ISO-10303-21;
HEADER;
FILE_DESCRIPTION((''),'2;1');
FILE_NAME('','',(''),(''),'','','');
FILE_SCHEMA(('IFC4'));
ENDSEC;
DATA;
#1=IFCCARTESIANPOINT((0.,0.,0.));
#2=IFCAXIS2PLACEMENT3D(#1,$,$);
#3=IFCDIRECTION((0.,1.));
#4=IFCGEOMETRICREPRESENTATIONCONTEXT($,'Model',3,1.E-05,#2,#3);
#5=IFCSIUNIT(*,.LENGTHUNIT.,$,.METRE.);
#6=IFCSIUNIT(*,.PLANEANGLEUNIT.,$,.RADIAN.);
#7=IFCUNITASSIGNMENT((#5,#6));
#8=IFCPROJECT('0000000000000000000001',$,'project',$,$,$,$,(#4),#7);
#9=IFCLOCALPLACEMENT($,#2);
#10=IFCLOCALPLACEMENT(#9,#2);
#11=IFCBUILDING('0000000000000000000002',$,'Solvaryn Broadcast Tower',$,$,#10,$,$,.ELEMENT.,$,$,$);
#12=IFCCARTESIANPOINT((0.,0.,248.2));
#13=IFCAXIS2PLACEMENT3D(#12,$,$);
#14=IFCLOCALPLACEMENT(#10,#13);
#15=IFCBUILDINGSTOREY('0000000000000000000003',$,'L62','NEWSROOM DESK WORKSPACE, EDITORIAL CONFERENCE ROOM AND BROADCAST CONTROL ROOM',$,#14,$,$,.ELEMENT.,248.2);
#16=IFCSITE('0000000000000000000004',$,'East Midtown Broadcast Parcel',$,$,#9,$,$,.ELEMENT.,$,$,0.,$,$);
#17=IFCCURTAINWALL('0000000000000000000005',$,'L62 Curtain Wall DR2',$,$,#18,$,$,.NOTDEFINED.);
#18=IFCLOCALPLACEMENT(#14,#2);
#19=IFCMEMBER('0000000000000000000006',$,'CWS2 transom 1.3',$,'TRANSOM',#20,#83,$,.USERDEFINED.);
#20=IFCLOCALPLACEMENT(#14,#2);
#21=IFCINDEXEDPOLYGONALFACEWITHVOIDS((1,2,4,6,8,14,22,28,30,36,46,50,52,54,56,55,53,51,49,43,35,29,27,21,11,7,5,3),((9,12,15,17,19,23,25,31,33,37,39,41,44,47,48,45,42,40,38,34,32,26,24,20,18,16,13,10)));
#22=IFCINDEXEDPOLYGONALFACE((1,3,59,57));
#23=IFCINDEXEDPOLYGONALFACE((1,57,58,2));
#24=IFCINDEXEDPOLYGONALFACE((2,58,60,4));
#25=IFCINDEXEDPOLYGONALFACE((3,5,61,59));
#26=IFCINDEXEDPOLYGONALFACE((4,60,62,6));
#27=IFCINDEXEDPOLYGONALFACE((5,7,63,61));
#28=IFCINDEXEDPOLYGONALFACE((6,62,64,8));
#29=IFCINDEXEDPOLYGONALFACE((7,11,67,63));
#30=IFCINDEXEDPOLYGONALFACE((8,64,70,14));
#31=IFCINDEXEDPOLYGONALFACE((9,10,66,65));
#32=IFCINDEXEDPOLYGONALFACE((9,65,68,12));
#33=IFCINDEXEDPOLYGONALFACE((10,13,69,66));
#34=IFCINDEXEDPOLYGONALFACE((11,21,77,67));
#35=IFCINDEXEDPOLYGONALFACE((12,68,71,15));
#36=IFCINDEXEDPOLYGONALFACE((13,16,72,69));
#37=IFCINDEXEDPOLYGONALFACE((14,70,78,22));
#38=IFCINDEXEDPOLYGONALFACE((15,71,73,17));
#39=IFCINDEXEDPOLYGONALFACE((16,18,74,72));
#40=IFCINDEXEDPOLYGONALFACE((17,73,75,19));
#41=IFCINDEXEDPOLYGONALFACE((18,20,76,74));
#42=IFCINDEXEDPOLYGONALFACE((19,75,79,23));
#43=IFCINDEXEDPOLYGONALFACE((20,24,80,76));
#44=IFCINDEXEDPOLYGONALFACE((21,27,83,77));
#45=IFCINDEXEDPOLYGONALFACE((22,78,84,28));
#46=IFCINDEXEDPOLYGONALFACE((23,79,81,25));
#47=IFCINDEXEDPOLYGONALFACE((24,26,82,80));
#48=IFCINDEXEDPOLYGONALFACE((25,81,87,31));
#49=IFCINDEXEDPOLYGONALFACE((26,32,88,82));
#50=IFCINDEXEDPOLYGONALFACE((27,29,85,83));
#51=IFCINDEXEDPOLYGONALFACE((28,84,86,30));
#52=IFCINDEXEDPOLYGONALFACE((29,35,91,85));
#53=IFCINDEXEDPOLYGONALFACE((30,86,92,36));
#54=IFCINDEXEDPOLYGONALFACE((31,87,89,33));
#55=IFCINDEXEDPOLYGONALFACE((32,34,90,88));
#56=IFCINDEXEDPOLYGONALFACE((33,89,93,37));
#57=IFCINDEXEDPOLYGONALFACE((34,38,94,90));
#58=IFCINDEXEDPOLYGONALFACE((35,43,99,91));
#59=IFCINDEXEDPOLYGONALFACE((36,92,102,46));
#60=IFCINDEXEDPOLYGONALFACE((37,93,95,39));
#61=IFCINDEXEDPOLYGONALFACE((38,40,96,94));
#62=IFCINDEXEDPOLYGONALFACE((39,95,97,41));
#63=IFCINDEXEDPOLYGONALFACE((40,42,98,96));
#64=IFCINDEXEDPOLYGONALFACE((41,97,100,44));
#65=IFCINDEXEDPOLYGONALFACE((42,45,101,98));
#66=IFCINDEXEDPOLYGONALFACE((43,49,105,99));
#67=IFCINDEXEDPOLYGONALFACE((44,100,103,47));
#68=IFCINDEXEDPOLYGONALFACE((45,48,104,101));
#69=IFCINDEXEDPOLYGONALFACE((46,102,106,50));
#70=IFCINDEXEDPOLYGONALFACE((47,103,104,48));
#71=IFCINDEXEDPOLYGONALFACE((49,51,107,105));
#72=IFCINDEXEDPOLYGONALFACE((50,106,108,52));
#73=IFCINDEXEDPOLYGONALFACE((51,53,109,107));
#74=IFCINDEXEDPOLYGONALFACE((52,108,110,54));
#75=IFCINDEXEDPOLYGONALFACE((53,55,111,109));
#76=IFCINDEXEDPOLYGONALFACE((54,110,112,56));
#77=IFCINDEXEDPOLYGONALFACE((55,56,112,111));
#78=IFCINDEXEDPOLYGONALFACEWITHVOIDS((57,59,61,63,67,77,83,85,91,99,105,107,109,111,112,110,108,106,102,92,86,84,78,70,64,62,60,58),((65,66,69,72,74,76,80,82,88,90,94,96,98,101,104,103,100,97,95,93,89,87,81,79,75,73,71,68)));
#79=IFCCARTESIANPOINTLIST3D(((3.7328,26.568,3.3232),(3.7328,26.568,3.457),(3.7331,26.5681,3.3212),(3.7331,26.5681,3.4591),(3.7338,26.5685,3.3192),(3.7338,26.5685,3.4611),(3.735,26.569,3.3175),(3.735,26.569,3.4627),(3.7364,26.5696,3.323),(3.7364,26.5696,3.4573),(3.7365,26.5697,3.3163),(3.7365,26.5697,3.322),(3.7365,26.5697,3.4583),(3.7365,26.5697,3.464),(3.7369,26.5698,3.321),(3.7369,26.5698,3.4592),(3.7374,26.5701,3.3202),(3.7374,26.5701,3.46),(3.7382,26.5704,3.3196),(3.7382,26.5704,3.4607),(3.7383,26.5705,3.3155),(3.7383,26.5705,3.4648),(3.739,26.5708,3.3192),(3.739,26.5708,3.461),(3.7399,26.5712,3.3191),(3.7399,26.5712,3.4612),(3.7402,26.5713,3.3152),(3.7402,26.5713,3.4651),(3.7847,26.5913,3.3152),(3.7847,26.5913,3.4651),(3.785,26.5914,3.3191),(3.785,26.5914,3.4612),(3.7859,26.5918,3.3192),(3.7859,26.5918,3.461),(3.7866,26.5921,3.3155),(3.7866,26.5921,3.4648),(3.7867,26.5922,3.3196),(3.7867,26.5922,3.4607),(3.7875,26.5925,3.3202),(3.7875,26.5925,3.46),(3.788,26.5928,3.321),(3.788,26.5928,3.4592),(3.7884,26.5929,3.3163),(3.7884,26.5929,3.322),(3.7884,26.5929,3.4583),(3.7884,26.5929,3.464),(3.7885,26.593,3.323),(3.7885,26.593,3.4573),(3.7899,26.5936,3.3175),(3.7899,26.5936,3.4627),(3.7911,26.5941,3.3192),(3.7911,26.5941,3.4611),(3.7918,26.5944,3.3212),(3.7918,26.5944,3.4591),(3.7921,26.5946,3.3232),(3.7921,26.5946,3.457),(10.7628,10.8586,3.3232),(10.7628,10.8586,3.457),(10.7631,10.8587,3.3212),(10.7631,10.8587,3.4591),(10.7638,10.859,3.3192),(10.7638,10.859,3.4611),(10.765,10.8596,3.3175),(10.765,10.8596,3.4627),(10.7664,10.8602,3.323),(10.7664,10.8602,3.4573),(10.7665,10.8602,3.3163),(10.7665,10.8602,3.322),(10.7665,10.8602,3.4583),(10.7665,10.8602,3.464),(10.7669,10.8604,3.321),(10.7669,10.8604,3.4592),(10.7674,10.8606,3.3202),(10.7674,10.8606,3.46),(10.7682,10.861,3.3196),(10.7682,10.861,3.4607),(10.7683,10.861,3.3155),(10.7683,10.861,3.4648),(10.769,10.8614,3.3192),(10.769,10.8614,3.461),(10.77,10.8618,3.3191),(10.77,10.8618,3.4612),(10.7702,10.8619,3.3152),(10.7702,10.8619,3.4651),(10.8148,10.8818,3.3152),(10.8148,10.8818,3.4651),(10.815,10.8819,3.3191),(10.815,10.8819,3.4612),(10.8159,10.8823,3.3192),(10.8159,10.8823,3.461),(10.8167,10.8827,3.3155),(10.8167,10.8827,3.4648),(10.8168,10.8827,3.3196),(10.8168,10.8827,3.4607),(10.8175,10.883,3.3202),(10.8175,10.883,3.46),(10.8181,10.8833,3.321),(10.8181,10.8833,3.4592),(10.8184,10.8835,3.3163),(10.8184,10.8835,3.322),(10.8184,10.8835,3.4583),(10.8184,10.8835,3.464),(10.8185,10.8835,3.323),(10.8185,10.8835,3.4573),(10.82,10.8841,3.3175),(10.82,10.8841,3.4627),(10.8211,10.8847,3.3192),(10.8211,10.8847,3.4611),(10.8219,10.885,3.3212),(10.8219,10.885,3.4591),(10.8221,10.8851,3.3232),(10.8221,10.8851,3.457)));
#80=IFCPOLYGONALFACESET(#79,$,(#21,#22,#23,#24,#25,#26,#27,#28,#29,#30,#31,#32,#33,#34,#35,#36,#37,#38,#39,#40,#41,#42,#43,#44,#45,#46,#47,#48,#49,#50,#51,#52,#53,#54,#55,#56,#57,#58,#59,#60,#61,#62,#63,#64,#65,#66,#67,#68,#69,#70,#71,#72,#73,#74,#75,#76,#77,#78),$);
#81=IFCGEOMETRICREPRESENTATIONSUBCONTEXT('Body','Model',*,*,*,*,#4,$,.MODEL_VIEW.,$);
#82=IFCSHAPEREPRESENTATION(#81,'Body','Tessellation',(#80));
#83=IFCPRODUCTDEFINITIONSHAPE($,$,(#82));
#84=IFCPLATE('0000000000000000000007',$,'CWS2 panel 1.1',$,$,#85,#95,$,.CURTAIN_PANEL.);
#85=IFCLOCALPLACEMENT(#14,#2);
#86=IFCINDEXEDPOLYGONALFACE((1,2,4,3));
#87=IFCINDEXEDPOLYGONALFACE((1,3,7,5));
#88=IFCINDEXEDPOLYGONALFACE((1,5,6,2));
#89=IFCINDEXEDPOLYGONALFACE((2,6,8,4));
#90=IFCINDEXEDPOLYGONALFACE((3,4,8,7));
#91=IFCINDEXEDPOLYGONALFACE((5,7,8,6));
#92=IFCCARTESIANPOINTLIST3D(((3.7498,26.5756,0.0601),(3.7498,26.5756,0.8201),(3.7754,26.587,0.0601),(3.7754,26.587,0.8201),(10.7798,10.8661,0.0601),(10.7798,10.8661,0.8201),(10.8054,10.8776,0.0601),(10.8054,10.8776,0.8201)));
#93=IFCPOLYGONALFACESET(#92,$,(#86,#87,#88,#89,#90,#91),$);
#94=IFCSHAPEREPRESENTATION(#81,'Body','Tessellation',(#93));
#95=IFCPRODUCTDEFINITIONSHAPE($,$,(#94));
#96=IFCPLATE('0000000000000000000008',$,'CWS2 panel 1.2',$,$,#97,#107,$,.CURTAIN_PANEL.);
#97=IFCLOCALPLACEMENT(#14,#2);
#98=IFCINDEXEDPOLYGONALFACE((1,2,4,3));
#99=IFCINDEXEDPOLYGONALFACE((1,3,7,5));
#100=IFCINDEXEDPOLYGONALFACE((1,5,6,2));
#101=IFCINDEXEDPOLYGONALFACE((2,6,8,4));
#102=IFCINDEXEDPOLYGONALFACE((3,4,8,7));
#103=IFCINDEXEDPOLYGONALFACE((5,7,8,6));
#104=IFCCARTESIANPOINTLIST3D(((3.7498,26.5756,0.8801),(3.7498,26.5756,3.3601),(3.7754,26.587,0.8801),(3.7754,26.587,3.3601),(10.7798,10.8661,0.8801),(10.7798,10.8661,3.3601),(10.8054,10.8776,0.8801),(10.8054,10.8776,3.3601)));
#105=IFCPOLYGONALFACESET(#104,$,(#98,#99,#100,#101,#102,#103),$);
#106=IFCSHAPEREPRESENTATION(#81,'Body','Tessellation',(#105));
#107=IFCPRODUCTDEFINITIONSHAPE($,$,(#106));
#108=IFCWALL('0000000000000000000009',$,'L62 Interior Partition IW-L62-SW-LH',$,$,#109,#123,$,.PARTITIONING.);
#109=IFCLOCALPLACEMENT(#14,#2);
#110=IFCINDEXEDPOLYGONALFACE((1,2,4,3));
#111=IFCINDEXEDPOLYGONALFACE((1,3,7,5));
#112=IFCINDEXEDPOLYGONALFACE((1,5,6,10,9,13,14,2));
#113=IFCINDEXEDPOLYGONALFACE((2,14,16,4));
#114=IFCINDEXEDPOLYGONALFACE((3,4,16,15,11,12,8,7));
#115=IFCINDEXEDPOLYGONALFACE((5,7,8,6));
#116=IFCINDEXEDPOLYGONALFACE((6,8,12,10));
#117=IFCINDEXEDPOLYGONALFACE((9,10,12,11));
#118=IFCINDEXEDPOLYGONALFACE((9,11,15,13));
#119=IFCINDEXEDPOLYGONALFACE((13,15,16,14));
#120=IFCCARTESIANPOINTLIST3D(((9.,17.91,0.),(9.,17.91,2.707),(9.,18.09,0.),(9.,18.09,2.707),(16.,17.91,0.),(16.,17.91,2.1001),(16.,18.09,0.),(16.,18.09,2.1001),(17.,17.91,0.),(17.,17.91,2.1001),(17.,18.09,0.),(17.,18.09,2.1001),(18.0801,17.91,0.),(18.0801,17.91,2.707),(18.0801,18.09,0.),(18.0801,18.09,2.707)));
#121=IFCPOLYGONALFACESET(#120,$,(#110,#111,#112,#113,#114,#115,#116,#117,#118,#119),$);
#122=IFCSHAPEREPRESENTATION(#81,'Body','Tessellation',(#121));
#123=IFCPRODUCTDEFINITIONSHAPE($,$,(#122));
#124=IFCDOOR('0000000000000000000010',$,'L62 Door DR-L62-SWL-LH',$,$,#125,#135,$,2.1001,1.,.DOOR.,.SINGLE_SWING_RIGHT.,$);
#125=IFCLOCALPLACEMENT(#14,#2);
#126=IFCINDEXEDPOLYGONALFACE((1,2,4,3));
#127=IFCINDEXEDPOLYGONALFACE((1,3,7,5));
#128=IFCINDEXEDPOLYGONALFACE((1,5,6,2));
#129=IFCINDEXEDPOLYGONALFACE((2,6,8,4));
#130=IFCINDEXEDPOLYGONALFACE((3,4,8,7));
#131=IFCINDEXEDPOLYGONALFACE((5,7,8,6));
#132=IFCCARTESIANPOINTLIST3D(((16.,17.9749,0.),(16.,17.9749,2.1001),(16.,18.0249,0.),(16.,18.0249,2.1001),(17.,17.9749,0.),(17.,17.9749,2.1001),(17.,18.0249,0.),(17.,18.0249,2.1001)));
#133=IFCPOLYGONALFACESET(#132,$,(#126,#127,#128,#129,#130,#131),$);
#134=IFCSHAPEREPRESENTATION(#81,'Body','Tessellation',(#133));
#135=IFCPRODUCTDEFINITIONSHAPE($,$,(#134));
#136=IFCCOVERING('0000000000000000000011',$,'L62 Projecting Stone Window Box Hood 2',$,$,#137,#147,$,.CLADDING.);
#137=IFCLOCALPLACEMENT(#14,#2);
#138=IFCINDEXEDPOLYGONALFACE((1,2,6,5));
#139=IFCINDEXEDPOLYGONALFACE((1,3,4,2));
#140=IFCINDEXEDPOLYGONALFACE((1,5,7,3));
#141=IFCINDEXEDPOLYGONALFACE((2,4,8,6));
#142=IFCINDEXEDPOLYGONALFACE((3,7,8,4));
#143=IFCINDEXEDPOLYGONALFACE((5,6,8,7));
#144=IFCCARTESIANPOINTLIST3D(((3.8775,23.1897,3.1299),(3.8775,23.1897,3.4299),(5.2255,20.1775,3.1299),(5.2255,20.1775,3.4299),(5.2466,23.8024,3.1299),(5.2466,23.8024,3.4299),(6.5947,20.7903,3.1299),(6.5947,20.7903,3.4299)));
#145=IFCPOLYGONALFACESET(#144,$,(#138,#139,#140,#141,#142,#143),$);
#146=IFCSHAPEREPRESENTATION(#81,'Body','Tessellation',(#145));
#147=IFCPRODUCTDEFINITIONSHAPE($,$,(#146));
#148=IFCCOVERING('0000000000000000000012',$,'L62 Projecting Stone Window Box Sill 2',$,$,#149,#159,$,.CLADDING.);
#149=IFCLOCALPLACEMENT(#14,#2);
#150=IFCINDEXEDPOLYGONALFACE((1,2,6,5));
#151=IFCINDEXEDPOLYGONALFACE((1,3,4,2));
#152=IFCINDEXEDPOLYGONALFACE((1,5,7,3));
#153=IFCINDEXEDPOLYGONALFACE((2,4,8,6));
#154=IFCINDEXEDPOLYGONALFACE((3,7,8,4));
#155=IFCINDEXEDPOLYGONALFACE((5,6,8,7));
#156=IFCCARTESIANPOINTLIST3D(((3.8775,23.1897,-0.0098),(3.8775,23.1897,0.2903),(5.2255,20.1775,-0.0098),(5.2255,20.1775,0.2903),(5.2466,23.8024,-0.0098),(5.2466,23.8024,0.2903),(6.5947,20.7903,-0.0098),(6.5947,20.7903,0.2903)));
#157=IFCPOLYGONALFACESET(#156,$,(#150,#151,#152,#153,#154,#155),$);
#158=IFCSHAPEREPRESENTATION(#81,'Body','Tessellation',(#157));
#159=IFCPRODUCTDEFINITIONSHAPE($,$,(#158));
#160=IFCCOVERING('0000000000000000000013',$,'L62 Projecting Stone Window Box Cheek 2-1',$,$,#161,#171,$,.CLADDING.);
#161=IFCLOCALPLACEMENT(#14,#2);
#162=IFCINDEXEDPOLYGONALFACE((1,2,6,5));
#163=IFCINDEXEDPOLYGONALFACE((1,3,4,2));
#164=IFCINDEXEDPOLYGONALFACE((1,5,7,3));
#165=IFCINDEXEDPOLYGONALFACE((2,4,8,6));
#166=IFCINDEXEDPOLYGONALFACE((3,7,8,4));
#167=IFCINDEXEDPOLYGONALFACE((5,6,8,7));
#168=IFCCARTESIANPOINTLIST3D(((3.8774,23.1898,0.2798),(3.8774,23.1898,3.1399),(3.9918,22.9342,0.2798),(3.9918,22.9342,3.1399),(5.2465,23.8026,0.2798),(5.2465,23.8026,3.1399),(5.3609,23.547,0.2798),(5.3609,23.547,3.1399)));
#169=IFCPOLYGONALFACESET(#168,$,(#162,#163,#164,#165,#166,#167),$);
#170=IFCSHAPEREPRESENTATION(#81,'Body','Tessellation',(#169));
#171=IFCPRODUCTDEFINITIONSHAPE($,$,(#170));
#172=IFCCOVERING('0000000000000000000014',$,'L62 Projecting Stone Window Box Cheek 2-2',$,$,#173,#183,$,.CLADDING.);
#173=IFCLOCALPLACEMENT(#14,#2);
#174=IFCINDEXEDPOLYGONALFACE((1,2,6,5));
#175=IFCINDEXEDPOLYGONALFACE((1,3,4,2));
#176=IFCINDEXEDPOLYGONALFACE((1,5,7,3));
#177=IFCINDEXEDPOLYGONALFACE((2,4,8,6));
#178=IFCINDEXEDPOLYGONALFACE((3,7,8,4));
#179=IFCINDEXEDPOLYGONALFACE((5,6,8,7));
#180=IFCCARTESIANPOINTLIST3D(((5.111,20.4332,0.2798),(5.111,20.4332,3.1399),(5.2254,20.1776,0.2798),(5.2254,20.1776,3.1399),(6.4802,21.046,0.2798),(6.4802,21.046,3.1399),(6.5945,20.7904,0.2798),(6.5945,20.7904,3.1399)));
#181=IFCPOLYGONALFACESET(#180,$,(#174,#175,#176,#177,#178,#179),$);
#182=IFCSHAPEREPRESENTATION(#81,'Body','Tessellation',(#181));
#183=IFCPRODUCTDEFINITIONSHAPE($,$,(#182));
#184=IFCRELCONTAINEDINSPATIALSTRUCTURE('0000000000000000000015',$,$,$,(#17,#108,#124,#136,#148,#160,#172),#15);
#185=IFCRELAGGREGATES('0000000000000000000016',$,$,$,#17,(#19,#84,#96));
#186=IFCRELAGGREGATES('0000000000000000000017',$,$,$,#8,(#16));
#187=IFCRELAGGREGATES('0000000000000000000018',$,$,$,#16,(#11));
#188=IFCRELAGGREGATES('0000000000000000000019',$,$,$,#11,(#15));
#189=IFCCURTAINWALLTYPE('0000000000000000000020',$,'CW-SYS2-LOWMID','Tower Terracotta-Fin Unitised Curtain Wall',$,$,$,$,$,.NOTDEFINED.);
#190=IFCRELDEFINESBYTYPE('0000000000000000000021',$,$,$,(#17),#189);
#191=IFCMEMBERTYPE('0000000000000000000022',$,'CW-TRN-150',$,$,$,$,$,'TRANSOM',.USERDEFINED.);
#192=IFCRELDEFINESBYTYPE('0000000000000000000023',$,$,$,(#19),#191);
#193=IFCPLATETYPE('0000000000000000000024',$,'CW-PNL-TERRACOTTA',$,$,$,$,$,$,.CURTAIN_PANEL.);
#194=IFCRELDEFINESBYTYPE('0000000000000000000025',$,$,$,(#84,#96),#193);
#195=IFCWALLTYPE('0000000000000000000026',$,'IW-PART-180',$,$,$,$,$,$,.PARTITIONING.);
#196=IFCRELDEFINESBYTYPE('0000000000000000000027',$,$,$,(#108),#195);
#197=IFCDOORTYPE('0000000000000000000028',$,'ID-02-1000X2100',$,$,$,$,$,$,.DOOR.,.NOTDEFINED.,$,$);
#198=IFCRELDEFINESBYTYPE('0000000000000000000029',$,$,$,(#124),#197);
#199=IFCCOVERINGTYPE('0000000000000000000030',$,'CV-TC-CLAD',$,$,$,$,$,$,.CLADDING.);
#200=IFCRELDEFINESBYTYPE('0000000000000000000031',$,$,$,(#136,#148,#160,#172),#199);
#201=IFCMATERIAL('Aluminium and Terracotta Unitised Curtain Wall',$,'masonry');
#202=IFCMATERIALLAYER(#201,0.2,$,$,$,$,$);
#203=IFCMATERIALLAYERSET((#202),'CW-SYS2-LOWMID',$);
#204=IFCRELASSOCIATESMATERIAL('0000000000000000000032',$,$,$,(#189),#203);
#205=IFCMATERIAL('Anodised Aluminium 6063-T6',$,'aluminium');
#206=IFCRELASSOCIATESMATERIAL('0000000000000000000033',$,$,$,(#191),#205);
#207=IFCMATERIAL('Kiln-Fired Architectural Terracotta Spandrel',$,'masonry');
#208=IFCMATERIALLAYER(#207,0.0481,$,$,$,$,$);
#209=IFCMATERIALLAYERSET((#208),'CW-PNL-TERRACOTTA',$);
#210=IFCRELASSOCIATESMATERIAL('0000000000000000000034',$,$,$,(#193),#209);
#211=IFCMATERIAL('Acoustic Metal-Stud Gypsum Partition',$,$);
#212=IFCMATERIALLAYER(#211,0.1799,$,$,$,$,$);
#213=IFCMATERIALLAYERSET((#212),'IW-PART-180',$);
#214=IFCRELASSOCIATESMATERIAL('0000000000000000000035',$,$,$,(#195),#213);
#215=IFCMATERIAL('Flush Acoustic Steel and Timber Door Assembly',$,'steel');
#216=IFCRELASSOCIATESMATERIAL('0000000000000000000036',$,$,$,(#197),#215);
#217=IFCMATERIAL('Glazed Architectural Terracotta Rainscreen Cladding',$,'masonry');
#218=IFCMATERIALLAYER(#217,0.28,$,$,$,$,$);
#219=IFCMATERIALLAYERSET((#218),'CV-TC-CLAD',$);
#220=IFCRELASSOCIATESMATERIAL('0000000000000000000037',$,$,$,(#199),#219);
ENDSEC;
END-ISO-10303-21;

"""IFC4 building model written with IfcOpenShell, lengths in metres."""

from ifc_helpers import new_model, si_unit, direction, frame, frame_2d, origin, origin_2d, place, context, subcontext, project, spatial, rectangle, hollow_rectangle, extrude, material, layer, layer_set, material_profile, profile_set, type_object, element, fill, aggregate, save


model = new_model("IFC4")

# Units and contexts
model_context = context("Model", 3, precision=1e-05, world=origin(), true_north=direction((0.0, 1.0)))
body_context = subcontext(model_context, "Body", "Model", "MODEL_VIEW")
ifc_project = project(units=[si_unit("LENGTHUNIT", "METRE"), si_unit("PLANEANGLEUNIT", "RADIAN")], contexts=[model_context])

# Site, building, storey
site_placement = place(None, origin())
site = spatial("IfcSite", under=ifc_project, at=site_placement, Name="East Midtown Broadcast Parcel", CompositionType="ELEMENT", RefElevation=0.0)
building_placement = place(site_placement, origin())
building = spatial("IfcBuilding", under=site, at=building_placement, Name="Solvaryn Broadcast Tower", CompositionType="ELEMENT")
storey_placement = place(building_placement, frame((0.0, 0.0, 248.2)))
storey = spatial("IfcBuildingStorey", under=building, at=storey_placement, Name="L62", Description="NEWSROOM DESK WORKSPACE, EDITORIAL CONFERENCE ROOM AND BROADCAST CONTROL ROOM", CompositionType="ELEMENT", Elevation=248.2)

# Shared definitions
ifc_material_1 = material(Name="Aluminium and Terracotta Unitised Curtain Wall", Category="masonry")
ifc_layer_1 = layer(ifc_material_1, 0.2)
ifc_layer_set_1 = layer_set([ifc_layer_1], Name="CW-SYS2-LOWMID")
curtain_wall_type = type_object("IfcCurtainWallType", Name="CW-SYS2-LOWMID", Description="Tower Terracotta-Fin Unitised Curtain Wall", PredefinedType="NOTDEFINED", material=ifc_layer_set_1)

# Curtain wall, member, plates
curtain_wall_1_placement = place(storey_placement, origin())
curtain_wall_1 = element("IfcCurtainWall", 1, at=curtain_wall_1_placement, inside=storey, type_object=curtain_wall_type, Name="L62 Curtain Wall DR2", PredefinedType="NOTDEFINED")
ifc_material_2 = material(Name="Anodised Aluminium 6063-T6", Category="aluminium")
ifc_material_profile_1 = material_profile(ifc_material_2, hollow_rectangle(XDim=0.0649, YDim=0.1499, WallThickness=0.0039, InnerFilletRadius=0.0039, OuterFilletRadius=0.0081, at=origin_2d()))
ifc_profile_set_1 = profile_set([ifc_material_profile_1], Name="Anodised Aluminium 6063-T6")
member_type_1 = type_object("IfcMemberType", Name="CW-TRN-150", ElementType="TRANSOM", PredefinedType="USERDEFINED", material=ifc_profile_set_1)
member_1_placement = place(storey_placement, frame((3.7625, 26.5813, 3.3901), z_axis=(0.408468, -0.912773, 0.0), x_axis=(0.912773, 0.408468, 0.0)))
member_1 = element("IfcMember", 2, at=member_1_placement, type_object=member_type_1, Name="CWS2 transom 1.3", ObjectType="TRANSOM", PredefinedType="USERDEFINED", context=body_context, shape_type="SweptSolid", body=[
    extrude(hollow_rectangle(XDim=0.0649, YDim=0.1499, WallThickness=0.0039, InnerFilletRadius=0.0039, OuterFilletRadius=0.0081, at=origin_2d()), origin(), (0.0, 0.0, 1.0), 17.2107),
])
ifc_material_3 = material(Name="Kiln-Fired Architectural Terracotta Spandrel", Category="masonry")
ifc_layer_2 = layer(ifc_material_3, 0.0481)
ifc_layer_set_2 = layer_set([ifc_layer_2], Name="CW-PNL-TERRACOTTA")
plate_type = type_object("IfcPlateType", Name="CW-PNL-TERRACOTTA", PredefinedType="CURTAIN_PANEL", material=ifc_layer_set_2)
plate_1_placement = place(storey_placement, frame((7.2776, 18.7266, 0.0601), z_axis=(0.0, 0.0, 1.0), x_axis=(0.408466, -0.912774, 0.0)))
plate_1 = element("IfcPlate", 3, at=plate_1_placement, type_object=plate_type, Name="CWS2 panel 1.1", PredefinedType="CURTAIN_PANEL", context=body_context, shape_type="SweptSolid", body=[
    extrude(rectangle(XDim=17.2107, YDim=0.0281, at=origin_2d()), origin(), (0.0, 0.0, 1.0), 0.76),
])
plate_2_placement = place(storey_placement, frame((7.2776, 18.7266, 0.8801), z_axis=(0.0, 0.0, 1.0), x_axis=(0.408466, -0.912774, 0.0)))
plate_2 = element("IfcPlate", 4, at=plate_2_placement, type_object=plate_type, Name="CWS2 panel 1.2", PredefinedType="CURTAIN_PANEL", context=body_context, shape_type="SweptSolid", body=[
    extrude(rectangle(XDim=17.2107, YDim=0.0281, at=origin_2d()), origin(), (0.0, 0.0, 1.0), 2.48),
])
aggregate(curtain_wall_1, [member_1, plate_1, plate_2])

# Wall, opening, door
ifc_material_4 = material(Name="Acoustic Metal-Stud Gypsum Partition")
ifc_layer_3 = layer(ifc_material_4, 0.1799)
ifc_layer_set_3 = layer_set([ifc_layer_3], Name="IW-PART-180")
wall_type = type_object("IfcWallType", Name="IW-PART-180", PredefinedType="PARTITIONING", material=ifc_layer_set_3)
wall_placement = place(storey_placement, frame((9.0, 18.0, 0.0), z_axis=(0.0, 0.0, 1.0), x_axis=(1.0, 0.0, 0.0)))
wall = element("IfcWall", 5, at=wall_placement, inside=storey, type_object=wall_type, Name="L62 Interior Partition IW-L62-SW-LH", PredefinedType="PARTITIONING", context=body_context, shape_type="SweptSolid", body=[
    extrude(rectangle(XDim=9.0801, YDim=0.1799, at=frame_2d((4.54, 0.0))), origin(), (0.0, 0.0, 1.0), 2.707),
])
opening_placement = place(wall_placement, frame((7.0, 0.0, 0.0)))
opening = element("IfcOpeningElement", 6, at=opening_placement, cuts=wall, PredefinedType="OPENING", context=body_context, shape_type="SweptSolid", body=[
    extrude(rectangle(XDim=1.0, YDim=2.1001, at=frame_2d((0.5, 1.05))), frame((0.0, 0.0999, 0.0), z_axis=(0.0, -1.0, 0.0), x_axis=(1.0, 0.0, 0.0)), (0.0, 0.0, 1.0), 0.2),
])
ifc_material_5 = material(Name="Flush Acoustic Steel and Timber Door Assembly", Category="steel")
door_type = type_object("IfcDoorType", Name="ID-02-1000X2100", OperationType="NOTDEFINED", PredefinedType="DOOR", material=ifc_material_5)
door_placement = place(opening_placement, origin())
door = element("IfcDoor", 7, at=door_placement, inside=storey, type_object=door_type, Name="L62 Door DR-L62-SWL-LH", OperationType="SINGLE_SWING_RIGHT", OverallHeight=2.1001, OverallWidth=1.0, PredefinedType="DOOR", context=body_context, shape_type="SweptSolid", body=[
    extrude(rectangle(XDim=1.0, YDim=2.1001, at=frame_2d((0.5, 1.05))), frame((0.0, 0.0249, 0.0), z_axis=(0.0, -1.0, 0.0), x_axis=(1.0, 0.0, 0.0)), (0.0, 0.0, 1.0), 0.05),
])
fill(opening, door)

# Coverings
ifc_material_6 = material(Name="Glazed Architectural Terracotta Rainscreen Cladding", Category="masonry")
ifc_layer_4 = layer(ifc_material_6, 0.28)
ifc_layer_set_4 = layer_set([ifc_layer_4], Name="CV-TC-CLAD")
covering_type_1 = type_object("IfcCoveringType", Name="CV-TC-CLAD", PredefinedType="CLADDING", material=ifc_layer_set_4)
for number, where, z_axis, x_axis, name in (
    (8, (5.2361, 21.99, 3.1299), (0.0, 0.0, 1.0), (0.40849, -0.912763, 0.0), "L62 Projecting Stone Window Box Hood 2"),
    (9, (5.2361, 21.99, -0.0098), (0.0, 0.0, 1.0), (0.40849, -0.912763, 0.0), "L62 Projecting Stone Window Box Sill 2"),
):
    element("IfcCovering", number, at=place(storey_placement, frame(where, z_axis=z_axis, x_axis=x_axis)), inside=storey, type_object=covering_type_1, Name=name, PredefinedType="CLADDING", context=body_context, shape_type="SweptSolid", body=[
        extrude(rectangle(XDim=3.3, YDim=1.5, at=origin_2d()), origin(), (0.0, 0.0, 1.0), 0.3),
    ])
for number, where, z_axis, x_axis, name in (
    (10, (4.6191, 23.3684, 0.2798), (0.0, 0.0, 1.0), (0.40849, -0.912763, 0.0), "L62 Projecting Stone Window Box Cheek 2-1"),
    (11, (5.8528, 20.6118, 0.2798), (0.0, 0.0, 1.0), (0.40849, -0.912763, 0.0), "L62 Projecting Stone Window Box Cheek 2-2"),
):
    element("IfcCovering", number, at=place(storey_placement, frame(where, z_axis=z_axis, x_axis=x_axis)), inside=storey, type_object=covering_type_1, Name=name, PredefinedType="CLADDING", context=body_context, shape_type="SweptSolid", body=[
        extrude(rectangle(XDim=0.28, YDim=1.5, at=origin_2d()), origin(), (0.0, 0.0, 1.0), 2.8601),
    ])

save(model, "model.ifc")
